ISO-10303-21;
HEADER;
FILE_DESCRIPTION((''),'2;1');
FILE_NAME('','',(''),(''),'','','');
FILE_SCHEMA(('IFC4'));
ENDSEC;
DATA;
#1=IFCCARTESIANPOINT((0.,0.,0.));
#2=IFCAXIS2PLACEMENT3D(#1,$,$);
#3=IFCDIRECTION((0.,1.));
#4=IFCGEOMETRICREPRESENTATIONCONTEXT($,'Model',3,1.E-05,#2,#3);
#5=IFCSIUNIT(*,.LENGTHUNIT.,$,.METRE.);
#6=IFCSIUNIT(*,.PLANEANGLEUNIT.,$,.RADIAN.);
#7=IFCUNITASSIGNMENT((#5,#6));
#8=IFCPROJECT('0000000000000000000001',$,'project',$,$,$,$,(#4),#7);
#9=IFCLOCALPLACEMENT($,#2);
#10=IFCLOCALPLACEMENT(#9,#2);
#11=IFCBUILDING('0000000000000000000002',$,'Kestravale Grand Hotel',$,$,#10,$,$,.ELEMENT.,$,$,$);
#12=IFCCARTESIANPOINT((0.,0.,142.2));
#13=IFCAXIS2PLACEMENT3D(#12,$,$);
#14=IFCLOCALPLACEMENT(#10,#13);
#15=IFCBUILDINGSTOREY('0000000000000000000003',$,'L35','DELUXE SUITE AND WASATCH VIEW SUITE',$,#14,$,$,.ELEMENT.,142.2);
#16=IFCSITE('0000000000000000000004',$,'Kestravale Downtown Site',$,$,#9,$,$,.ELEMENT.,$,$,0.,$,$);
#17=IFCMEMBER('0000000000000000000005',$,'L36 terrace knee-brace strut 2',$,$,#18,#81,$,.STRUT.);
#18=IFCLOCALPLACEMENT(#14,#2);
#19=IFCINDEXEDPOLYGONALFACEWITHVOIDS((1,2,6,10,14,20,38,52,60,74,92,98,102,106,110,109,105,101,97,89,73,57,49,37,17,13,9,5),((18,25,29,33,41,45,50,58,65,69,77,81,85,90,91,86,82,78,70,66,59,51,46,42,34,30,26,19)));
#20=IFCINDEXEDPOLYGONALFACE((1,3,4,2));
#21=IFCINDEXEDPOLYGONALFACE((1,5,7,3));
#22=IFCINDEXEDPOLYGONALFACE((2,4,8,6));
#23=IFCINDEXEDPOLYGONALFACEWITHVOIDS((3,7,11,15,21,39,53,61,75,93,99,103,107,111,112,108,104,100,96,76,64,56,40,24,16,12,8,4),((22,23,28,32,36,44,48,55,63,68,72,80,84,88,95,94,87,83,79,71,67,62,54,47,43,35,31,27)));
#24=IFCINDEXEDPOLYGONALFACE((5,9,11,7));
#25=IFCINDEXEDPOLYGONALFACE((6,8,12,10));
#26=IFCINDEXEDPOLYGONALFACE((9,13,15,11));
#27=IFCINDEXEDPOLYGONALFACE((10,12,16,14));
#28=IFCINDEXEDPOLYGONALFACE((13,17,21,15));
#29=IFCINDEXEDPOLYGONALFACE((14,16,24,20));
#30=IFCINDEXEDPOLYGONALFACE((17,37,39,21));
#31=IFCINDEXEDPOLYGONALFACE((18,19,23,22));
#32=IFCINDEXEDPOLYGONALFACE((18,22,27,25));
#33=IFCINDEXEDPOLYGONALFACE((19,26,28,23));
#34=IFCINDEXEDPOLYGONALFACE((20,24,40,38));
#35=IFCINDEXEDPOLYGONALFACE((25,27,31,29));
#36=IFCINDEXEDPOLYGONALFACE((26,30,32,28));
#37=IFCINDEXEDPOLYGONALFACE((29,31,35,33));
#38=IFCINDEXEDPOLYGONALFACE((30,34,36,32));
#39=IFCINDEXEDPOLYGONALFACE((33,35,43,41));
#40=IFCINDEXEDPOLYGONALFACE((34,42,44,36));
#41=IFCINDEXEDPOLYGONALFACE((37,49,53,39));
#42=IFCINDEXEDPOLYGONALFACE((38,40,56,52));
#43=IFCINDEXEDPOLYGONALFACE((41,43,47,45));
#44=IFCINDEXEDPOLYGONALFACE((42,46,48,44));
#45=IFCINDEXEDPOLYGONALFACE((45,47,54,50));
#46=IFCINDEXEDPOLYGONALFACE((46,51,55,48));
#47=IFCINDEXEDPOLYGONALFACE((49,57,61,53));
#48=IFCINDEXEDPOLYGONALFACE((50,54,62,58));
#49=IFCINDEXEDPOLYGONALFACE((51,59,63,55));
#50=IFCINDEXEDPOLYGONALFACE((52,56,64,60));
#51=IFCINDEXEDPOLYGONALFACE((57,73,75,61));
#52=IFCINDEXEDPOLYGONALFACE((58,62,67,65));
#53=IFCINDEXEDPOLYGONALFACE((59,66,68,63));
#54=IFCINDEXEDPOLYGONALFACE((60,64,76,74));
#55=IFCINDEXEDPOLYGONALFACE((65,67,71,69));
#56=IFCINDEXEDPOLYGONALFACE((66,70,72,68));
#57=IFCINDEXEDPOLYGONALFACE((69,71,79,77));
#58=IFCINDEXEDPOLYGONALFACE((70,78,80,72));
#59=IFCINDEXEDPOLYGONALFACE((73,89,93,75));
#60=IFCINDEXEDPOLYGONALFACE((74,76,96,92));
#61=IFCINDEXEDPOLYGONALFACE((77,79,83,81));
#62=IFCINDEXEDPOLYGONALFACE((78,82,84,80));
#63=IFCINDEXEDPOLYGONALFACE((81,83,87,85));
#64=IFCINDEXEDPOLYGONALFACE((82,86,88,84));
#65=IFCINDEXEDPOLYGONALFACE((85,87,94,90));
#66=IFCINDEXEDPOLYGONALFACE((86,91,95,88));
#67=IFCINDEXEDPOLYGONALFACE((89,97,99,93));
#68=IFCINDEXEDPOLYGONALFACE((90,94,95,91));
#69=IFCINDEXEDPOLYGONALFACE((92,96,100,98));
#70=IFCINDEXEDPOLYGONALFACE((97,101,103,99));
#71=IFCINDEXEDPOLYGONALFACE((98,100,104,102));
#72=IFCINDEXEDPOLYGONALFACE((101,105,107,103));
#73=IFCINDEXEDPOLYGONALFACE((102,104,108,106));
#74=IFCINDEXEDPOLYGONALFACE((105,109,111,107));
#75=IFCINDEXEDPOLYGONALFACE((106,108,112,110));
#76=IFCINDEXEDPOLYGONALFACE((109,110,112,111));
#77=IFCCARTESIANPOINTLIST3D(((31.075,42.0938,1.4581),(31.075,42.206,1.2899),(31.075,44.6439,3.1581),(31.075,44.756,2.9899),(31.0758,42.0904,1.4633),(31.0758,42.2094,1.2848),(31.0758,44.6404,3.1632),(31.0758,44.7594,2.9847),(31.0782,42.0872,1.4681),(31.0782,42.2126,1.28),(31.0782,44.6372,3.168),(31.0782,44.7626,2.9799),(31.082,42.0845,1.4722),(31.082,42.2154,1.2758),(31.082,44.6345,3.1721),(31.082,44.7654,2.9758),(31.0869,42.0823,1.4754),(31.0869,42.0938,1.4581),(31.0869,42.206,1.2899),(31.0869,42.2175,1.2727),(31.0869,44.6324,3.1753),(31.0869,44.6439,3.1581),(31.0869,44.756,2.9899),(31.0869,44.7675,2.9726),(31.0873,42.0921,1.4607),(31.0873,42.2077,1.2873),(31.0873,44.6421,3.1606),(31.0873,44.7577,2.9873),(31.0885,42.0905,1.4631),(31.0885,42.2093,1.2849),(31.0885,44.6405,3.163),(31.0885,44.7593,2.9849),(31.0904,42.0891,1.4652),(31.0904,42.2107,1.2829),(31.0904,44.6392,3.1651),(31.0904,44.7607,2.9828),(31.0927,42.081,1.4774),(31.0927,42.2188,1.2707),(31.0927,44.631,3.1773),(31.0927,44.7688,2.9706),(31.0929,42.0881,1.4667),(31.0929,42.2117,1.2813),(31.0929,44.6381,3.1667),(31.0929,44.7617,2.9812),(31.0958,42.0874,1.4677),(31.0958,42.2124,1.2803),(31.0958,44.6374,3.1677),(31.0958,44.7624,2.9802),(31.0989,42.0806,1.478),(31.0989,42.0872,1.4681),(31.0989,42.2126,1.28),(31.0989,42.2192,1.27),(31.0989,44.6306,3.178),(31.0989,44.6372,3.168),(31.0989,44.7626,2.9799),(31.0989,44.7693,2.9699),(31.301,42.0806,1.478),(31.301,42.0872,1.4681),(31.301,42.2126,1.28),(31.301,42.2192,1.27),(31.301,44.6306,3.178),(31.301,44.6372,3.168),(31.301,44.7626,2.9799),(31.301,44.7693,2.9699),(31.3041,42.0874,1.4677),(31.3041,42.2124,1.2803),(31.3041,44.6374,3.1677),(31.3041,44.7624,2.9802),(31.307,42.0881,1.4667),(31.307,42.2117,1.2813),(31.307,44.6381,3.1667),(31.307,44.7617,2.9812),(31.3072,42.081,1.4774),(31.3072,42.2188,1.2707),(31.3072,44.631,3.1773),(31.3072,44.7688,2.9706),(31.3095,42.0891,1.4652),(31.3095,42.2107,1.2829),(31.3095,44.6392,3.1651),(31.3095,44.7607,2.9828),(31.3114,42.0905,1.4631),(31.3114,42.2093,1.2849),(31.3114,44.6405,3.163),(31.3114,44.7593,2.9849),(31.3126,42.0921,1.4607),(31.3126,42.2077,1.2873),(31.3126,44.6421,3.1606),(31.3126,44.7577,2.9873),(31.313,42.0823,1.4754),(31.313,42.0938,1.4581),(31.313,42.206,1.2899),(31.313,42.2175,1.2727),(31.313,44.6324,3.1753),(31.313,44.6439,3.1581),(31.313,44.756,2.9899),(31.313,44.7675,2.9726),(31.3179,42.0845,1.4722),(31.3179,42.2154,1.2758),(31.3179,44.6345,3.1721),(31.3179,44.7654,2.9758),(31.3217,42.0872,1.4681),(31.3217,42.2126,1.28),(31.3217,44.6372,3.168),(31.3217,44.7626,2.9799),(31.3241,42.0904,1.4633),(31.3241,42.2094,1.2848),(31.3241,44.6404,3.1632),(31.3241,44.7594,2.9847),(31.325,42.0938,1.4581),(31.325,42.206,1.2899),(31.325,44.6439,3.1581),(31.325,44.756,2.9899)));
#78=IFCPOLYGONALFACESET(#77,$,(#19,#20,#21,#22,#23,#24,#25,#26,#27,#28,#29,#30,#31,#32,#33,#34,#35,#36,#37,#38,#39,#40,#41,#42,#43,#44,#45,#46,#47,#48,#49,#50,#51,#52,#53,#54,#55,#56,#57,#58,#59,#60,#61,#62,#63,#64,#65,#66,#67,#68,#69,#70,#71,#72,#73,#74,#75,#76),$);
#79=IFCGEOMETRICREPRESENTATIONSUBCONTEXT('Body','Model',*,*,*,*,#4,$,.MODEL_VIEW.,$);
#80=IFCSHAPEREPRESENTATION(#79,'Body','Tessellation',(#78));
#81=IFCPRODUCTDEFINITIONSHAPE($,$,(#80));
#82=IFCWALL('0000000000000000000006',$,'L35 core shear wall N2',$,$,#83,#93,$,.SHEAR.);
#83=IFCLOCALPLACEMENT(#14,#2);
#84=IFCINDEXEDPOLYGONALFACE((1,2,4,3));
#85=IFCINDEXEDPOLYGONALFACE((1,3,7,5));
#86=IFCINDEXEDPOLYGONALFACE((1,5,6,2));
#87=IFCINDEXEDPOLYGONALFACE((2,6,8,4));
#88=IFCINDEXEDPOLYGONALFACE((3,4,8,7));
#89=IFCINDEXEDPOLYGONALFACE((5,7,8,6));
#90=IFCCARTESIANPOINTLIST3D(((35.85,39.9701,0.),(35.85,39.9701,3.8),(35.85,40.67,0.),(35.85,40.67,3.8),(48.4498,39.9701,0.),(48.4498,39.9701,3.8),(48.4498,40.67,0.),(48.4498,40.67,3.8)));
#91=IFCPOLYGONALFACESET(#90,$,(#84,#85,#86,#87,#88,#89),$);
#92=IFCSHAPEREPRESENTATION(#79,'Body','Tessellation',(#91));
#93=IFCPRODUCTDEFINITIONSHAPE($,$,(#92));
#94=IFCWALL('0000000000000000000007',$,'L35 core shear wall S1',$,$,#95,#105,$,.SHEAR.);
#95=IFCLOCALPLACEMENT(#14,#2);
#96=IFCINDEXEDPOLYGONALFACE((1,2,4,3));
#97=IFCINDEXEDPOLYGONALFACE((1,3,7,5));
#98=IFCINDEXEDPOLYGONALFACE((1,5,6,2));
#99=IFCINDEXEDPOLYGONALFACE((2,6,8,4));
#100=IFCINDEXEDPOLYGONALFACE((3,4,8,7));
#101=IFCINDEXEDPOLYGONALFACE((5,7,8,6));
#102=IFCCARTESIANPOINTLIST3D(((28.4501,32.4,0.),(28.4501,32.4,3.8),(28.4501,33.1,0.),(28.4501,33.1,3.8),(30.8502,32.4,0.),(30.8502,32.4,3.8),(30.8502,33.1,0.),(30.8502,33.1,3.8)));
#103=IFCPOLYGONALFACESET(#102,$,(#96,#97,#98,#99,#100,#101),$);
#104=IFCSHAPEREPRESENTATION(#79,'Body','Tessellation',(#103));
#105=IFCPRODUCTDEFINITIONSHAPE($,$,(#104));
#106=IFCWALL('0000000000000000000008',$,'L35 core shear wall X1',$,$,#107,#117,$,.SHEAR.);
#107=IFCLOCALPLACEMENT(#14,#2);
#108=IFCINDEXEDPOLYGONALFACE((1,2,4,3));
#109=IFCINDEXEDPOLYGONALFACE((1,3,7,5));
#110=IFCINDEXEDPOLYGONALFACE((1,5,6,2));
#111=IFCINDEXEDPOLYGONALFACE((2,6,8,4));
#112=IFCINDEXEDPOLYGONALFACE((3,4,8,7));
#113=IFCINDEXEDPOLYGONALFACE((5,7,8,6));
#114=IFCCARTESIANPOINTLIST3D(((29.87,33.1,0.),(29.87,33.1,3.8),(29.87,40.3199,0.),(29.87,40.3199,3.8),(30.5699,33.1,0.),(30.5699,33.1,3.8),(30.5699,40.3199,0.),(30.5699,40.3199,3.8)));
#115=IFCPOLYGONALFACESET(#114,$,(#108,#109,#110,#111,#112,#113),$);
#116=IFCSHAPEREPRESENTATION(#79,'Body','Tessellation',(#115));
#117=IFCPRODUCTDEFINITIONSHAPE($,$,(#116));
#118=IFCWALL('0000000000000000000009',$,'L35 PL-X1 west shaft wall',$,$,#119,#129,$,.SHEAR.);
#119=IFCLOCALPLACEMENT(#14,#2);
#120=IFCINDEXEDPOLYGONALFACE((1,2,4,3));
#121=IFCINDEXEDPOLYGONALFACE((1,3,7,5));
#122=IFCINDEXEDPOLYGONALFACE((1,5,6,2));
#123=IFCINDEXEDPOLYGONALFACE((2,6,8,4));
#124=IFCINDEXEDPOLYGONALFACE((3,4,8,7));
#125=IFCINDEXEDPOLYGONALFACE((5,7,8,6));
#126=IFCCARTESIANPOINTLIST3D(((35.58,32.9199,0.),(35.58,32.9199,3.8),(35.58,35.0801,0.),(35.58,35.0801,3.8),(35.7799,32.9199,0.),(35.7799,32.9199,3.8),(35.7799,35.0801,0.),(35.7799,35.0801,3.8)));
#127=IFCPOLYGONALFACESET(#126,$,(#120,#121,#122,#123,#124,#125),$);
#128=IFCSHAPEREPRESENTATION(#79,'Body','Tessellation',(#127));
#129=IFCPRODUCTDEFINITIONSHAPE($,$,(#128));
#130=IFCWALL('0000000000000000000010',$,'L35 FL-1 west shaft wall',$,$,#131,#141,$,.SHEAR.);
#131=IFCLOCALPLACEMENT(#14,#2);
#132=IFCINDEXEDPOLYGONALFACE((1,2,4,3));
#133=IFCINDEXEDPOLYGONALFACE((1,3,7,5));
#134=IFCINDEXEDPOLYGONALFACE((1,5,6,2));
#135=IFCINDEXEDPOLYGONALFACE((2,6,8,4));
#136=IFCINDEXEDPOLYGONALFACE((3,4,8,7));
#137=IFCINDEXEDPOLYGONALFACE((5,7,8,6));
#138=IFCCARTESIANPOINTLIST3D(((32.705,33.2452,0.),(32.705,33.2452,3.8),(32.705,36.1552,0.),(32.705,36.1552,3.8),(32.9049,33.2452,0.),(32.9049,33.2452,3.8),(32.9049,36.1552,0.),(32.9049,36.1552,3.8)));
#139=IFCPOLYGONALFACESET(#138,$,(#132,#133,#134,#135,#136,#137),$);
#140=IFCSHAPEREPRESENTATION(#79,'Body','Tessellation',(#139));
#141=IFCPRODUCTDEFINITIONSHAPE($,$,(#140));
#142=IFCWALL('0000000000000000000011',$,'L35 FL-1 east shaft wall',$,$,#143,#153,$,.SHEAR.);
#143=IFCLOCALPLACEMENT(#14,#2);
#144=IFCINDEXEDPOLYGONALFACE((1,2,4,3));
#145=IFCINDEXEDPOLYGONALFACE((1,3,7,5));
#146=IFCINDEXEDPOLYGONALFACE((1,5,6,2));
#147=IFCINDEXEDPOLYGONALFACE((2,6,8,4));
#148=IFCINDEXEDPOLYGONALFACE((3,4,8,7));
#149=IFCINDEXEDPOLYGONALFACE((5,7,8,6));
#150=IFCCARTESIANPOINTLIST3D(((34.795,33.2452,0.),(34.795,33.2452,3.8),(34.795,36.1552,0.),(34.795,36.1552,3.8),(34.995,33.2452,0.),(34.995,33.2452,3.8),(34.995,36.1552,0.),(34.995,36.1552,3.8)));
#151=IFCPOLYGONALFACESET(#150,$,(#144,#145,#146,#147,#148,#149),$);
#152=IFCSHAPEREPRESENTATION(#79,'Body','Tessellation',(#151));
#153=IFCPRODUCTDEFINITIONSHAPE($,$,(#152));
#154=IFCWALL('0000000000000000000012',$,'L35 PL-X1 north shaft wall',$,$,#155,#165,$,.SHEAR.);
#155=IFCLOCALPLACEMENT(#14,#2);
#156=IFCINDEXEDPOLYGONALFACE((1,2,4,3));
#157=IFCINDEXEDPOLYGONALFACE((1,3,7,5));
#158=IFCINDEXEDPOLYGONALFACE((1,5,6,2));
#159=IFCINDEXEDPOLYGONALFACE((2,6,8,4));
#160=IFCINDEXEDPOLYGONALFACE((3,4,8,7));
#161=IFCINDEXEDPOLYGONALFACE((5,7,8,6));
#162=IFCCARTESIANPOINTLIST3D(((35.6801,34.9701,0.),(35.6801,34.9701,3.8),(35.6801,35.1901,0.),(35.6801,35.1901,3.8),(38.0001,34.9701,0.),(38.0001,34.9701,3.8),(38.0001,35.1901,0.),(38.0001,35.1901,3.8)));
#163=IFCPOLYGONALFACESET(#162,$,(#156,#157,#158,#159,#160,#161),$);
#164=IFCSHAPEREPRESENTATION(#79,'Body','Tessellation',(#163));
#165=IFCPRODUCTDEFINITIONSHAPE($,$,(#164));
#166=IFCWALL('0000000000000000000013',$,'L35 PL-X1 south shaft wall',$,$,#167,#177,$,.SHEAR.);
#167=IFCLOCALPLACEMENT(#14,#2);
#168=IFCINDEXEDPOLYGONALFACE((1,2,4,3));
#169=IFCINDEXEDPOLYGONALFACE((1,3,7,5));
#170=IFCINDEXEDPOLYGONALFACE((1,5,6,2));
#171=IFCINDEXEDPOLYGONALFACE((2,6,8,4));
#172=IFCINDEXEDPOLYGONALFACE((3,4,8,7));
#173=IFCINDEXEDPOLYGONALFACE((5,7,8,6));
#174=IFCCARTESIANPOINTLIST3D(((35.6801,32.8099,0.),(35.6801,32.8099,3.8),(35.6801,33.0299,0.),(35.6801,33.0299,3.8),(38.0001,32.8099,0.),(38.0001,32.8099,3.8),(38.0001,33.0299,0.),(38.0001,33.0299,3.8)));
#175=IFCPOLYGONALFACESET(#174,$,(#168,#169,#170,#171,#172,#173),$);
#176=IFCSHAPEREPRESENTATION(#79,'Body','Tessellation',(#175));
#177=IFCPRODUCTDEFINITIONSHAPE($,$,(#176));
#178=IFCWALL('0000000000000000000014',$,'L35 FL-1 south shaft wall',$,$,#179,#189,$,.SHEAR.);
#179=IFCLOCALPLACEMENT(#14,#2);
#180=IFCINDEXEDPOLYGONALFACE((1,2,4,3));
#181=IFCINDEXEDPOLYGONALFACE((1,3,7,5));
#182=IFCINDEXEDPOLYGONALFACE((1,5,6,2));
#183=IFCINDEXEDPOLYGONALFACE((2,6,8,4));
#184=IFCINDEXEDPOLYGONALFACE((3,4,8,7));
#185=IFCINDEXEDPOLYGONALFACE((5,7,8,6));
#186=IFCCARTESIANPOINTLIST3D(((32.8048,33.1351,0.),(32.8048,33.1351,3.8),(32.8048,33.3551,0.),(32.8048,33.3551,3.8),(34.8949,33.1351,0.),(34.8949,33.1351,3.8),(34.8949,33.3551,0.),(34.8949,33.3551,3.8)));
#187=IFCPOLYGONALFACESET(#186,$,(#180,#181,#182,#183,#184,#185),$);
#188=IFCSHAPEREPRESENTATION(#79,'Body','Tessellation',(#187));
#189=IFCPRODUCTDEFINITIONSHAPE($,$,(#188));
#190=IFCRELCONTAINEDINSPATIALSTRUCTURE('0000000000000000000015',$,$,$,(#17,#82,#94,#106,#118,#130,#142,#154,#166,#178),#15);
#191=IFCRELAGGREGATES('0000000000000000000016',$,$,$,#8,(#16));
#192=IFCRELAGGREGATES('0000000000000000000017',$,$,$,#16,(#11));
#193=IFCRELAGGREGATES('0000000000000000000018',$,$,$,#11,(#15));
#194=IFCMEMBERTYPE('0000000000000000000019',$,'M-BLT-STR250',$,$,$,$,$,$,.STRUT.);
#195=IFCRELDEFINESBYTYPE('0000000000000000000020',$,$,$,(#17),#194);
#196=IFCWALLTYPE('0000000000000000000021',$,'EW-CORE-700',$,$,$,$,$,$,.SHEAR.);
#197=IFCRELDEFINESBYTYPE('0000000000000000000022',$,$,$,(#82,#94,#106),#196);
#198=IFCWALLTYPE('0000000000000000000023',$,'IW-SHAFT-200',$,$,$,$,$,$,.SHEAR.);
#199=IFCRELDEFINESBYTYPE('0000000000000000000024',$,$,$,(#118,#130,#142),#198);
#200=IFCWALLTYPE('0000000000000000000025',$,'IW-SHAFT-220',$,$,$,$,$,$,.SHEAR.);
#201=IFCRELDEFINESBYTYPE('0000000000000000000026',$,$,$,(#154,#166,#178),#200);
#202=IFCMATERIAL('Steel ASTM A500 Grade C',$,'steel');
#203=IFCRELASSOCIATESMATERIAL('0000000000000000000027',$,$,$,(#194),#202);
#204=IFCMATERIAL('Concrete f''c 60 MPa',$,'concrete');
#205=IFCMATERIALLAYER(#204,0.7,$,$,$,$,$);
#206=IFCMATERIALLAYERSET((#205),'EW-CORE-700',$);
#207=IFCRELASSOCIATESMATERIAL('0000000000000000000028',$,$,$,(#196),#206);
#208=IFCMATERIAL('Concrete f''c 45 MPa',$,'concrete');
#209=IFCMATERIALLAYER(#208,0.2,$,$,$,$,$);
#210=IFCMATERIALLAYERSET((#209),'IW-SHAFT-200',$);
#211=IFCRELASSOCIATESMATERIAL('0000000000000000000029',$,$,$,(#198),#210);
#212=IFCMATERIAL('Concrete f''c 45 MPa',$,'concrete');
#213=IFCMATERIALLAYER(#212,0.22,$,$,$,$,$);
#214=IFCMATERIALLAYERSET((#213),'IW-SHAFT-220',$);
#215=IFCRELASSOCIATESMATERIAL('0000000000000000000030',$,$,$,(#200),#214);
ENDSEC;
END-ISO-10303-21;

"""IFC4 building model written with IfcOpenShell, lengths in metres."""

from ifc_helpers import new_model, si_unit, direction, frame, frame_2d, origin, origin_2d, place, context, subcontext, project, spatial, rectangle, hollow_rectangle, extrude, material, layer, layer_set, material_profile, profile_set, type_object, element, save


model = new_model("IFC4")

# Units and contexts
model_context = context("Model", 3, precision=1e-05, world=origin(), true_north=direction((0.0, 1.0)))
body_context = subcontext(model_context, "Body", "Model", "MODEL_VIEW")
ifc_project = project(units=[si_unit("LENGTHUNIT", "METRE"), si_unit("PLANEANGLEUNIT", "RADIAN")], contexts=[model_context])

# Site, building, storey
site_placement = place(None, origin())
site = spatial("IfcSite", under=ifc_project, at=site_placement, Name="Kestravale Downtown Site", CompositionType="ELEMENT", RefElevation=0.0)
building_placement = place(site_placement, origin())
building = spatial("IfcBuilding", under=site, at=building_placement, Name="Kestravale Grand Hotel", CompositionType="ELEMENT")
storey_placement = place(building_placement, frame((0.0, 0.0, 142.2)))
storey = spatial("IfcBuildingStorey", under=building, at=storey_placement, Name="L35", Description="DELUXE SUITE AND WASATCH VIEW SUITE", CompositionType="ELEMENT", Elevation=142.2)

# Member
ifc_material_1 = material(Name="Steel ASTM A500 Grade C", Category="steel")
ifc_material_profile_1 = material_profile(ifc_material_1, hollow_rectangle(XDim=0.25, YDim=0.25, WallThickness=0.012, InnerFilletRadius=0.012, OuterFilletRadius=0.0239, at=origin_2d()))
ifc_profile_set_1 = profile_set([ifc_material_profile_1], Name="Steel ASTM A500 Grade C")
member_type = type_object("IfcMemberType", Name="M-BLT-STR250", PredefinedType="STRUT", material=ifc_profile_set_1)
member_placement = place(storey_placement, frame((31.2, 42.1499, 1.374), z_axis=(0.0, 0.832063, 0.554682), x_axis=(-1.0, 0.0, 0.0)))
element("IfcMember", 1, at=member_placement, inside=storey, type_object=member_type, Name="L36 terrace knee-brace strut 2", PredefinedType="STRUT", context=body_context, shape_type="SweptSolid", body=[
    extrude(hollow_rectangle(XDim=0.25, YDim=0.25, WallThickness=0.012, InnerFilletRadius=0.012, OuterFilletRadius=0.0239, at=origin_2d()), origin(), (0.0, 0.0, 1.0), 3.0647),
])

# Walls
ifc_material_2 = material(Name="Concrete f'c 60 MPa", Category="concrete")
ifc_layer_1 = layer(ifc_material_2, 0.7)
ifc_layer_set_1 = layer_set([ifc_layer_1], Name="EW-CORE-700")
wall_type_1 = type_object("IfcWallType", Name="EW-CORE-700", PredefinedType="SHEAR", material=ifc_layer_set_1)
wall_1_placement = place(storey_placement, frame((35.8501, 40.3201, 0.0), z_axis=(0.0, 0.0, 1.0), x_axis=(1.0, 0.0, 0.0)))
element("IfcWall", 2, at=wall_1_placement, inside=storey, type_object=wall_type_1, Name="L35 core shear wall N2", PredefinedType="SHEAR", context=body_context, shape_type="SweptSolid", body=[
    extrude(rectangle(XDim=12.5999, YDim=0.7, at=frame_2d((6.2998, 0.0))), origin(), (0.0, 0.0, 1.0), 3.8),
])
wall_2_placement = place(storey_placement, frame((28.45, 32.75, 0.0), z_axis=(0.0, 0.0, 1.0), x_axis=(1.0, 0.0, 0.0)))
element("IfcWall", 3, at=wall_2_placement, inside=storey, type_object=wall_type_1, Name="L35 core shear wall S1", PredefinedType="SHEAR", context=body_context, shape_type="SweptSolid", body=[
    extrude(rectangle(XDim=2.4001, YDim=0.7, at=frame_2d((1.2002, 0.0))), origin(), (0.0, 0.0, 1.0), 3.8),
])
wall_3_placement = place(storey_placement, frame((30.22, 33.1001, 0.0), z_axis=(0.0, 0.0, 1.0), x_axis=(0.0, 1.0, 0.0)))
element("IfcWall", 4, at=wall_3_placement, inside=storey, type_object=wall_type_1, Name="L35 core shear wall X1", PredefinedType="SHEAR", context=body_context, shape_type="SweptSolid", body=[
    extrude(rectangle(XDim=7.22, YDim=0.7, at=frame_2d((3.6099, 0.0))), origin(), (0.0, 0.0, 1.0), 3.8),
])

# Walls
ifc_material_3 = material(Name="Concrete f'c 45 MPa", Category="concrete")
ifc_layer_2 = layer(ifc_material_3, 0.2)
ifc_layer_set_2 = layer_set([ifc_layer_2], Name="IW-SHAFT-200")
wall_type_2 = type_object("IfcWallType", Name="IW-SHAFT-200", PredefinedType="SHEAR", material=ifc_layer_set_2)
wall_4_placement = place(storey_placement, frame((35.6799, 32.9199, 0.0), z_axis=(0.0, 0.0, 1.0), x_axis=(0.0, 1.0, 0.0)))
element("IfcWall", 5, at=wall_4_placement, inside=storey, type_object=wall_type_2, Name="L35 PL-X1 west shaft wall", PredefinedType="SHEAR", context=body_context, shape_type="SweptSolid", body=[
    extrude(rectangle(XDim=2.1602, YDim=0.2, at=frame_2d((1.0801, 0.0))), origin(), (0.0, 0.0, 1.0), 3.8),
])
for number, where, z_axis, x_axis, name in (
    (6, (32.8049, 33.2451, 0.0), (0.0, 0.0, 1.0), (0.0, 1.0, 0.0), "L35 FL-1 west shaft wall"),
    (7, (34.895, 33.2451, 0.0), (0.0, 0.0, 1.0), (0.0, 1.0, 0.0), "L35 FL-1 east shaft wall"),
):
    element("IfcWall", number, at=place(storey_placement, frame(where, z_axis=z_axis, x_axis=x_axis)), inside=storey, type_object=wall_type_2, Name=name, PredefinedType="SHEAR", context=body_context, shape_type="SweptSolid", body=[
        extrude(rectangle(XDim=2.9099, YDim=0.2, at=frame_2d((1.4551, 0.0))), origin(), (0.0, 0.0, 1.0), 3.8),
    ])
ifc_material_4 = material(Name="Concrete f'c 45 MPa", Category="concrete")
ifc_layer_3 = layer(ifc_material_4, 0.22)
ifc_layer_set_3 = layer_set([ifc_layer_3], Name="IW-SHAFT-220")
wall_type_3 = type_object("IfcWallType", Name="IW-SHAFT-220", PredefinedType="SHEAR", material=ifc_layer_set_3)
for number, where, z_axis, x_axis, name in (
    (8, (35.6799, 35.0801, 0.0), (0.0, 0.0, 1.0), (1.0, 0.0, 0.0), "L35 PL-X1 north shaft wall"),
    (9, (35.6799, 32.9199, 0.0), (0.0, 0.0, 1.0), (1.0, 0.0, 0.0), "L35 PL-X1 south shaft wall"),
):
    element("IfcWall", number, at=place(storey_placement, frame(where, z_axis=z_axis, x_axis=x_axis)), inside=storey, type_object=wall_type_3, Name=name, PredefinedType="SHEAR", context=body_context, shape_type="SweptSolid", body=[
        extrude(rectangle(XDim=2.3201, YDim=0.22, at=frame_2d((1.1602, 0.0))), origin(), (0.0, 0.0, 1.0), 3.8),
    ])

# Wall
wall_5_placement = place(storey_placement, frame((32.8049, 33.2451, 0.0), z_axis=(0.0, 0.0, 1.0), x_axis=(1.0, 0.0, 0.0)))
element("IfcWall", 10, at=wall_5_placement, inside=storey, type_object=wall_type_3, Name="L35 FL-1 south shaft wall", PredefinedType="SHEAR", context=body_context, shape_type="SweptSolid", body=[
    extrude(rectangle(XDim=2.0901, YDim=0.22, at=frame_2d((1.0449, 0.0))), origin(), (0.0, 0.0, 1.0), 3.8),
])

save(model, "model.ifc")
